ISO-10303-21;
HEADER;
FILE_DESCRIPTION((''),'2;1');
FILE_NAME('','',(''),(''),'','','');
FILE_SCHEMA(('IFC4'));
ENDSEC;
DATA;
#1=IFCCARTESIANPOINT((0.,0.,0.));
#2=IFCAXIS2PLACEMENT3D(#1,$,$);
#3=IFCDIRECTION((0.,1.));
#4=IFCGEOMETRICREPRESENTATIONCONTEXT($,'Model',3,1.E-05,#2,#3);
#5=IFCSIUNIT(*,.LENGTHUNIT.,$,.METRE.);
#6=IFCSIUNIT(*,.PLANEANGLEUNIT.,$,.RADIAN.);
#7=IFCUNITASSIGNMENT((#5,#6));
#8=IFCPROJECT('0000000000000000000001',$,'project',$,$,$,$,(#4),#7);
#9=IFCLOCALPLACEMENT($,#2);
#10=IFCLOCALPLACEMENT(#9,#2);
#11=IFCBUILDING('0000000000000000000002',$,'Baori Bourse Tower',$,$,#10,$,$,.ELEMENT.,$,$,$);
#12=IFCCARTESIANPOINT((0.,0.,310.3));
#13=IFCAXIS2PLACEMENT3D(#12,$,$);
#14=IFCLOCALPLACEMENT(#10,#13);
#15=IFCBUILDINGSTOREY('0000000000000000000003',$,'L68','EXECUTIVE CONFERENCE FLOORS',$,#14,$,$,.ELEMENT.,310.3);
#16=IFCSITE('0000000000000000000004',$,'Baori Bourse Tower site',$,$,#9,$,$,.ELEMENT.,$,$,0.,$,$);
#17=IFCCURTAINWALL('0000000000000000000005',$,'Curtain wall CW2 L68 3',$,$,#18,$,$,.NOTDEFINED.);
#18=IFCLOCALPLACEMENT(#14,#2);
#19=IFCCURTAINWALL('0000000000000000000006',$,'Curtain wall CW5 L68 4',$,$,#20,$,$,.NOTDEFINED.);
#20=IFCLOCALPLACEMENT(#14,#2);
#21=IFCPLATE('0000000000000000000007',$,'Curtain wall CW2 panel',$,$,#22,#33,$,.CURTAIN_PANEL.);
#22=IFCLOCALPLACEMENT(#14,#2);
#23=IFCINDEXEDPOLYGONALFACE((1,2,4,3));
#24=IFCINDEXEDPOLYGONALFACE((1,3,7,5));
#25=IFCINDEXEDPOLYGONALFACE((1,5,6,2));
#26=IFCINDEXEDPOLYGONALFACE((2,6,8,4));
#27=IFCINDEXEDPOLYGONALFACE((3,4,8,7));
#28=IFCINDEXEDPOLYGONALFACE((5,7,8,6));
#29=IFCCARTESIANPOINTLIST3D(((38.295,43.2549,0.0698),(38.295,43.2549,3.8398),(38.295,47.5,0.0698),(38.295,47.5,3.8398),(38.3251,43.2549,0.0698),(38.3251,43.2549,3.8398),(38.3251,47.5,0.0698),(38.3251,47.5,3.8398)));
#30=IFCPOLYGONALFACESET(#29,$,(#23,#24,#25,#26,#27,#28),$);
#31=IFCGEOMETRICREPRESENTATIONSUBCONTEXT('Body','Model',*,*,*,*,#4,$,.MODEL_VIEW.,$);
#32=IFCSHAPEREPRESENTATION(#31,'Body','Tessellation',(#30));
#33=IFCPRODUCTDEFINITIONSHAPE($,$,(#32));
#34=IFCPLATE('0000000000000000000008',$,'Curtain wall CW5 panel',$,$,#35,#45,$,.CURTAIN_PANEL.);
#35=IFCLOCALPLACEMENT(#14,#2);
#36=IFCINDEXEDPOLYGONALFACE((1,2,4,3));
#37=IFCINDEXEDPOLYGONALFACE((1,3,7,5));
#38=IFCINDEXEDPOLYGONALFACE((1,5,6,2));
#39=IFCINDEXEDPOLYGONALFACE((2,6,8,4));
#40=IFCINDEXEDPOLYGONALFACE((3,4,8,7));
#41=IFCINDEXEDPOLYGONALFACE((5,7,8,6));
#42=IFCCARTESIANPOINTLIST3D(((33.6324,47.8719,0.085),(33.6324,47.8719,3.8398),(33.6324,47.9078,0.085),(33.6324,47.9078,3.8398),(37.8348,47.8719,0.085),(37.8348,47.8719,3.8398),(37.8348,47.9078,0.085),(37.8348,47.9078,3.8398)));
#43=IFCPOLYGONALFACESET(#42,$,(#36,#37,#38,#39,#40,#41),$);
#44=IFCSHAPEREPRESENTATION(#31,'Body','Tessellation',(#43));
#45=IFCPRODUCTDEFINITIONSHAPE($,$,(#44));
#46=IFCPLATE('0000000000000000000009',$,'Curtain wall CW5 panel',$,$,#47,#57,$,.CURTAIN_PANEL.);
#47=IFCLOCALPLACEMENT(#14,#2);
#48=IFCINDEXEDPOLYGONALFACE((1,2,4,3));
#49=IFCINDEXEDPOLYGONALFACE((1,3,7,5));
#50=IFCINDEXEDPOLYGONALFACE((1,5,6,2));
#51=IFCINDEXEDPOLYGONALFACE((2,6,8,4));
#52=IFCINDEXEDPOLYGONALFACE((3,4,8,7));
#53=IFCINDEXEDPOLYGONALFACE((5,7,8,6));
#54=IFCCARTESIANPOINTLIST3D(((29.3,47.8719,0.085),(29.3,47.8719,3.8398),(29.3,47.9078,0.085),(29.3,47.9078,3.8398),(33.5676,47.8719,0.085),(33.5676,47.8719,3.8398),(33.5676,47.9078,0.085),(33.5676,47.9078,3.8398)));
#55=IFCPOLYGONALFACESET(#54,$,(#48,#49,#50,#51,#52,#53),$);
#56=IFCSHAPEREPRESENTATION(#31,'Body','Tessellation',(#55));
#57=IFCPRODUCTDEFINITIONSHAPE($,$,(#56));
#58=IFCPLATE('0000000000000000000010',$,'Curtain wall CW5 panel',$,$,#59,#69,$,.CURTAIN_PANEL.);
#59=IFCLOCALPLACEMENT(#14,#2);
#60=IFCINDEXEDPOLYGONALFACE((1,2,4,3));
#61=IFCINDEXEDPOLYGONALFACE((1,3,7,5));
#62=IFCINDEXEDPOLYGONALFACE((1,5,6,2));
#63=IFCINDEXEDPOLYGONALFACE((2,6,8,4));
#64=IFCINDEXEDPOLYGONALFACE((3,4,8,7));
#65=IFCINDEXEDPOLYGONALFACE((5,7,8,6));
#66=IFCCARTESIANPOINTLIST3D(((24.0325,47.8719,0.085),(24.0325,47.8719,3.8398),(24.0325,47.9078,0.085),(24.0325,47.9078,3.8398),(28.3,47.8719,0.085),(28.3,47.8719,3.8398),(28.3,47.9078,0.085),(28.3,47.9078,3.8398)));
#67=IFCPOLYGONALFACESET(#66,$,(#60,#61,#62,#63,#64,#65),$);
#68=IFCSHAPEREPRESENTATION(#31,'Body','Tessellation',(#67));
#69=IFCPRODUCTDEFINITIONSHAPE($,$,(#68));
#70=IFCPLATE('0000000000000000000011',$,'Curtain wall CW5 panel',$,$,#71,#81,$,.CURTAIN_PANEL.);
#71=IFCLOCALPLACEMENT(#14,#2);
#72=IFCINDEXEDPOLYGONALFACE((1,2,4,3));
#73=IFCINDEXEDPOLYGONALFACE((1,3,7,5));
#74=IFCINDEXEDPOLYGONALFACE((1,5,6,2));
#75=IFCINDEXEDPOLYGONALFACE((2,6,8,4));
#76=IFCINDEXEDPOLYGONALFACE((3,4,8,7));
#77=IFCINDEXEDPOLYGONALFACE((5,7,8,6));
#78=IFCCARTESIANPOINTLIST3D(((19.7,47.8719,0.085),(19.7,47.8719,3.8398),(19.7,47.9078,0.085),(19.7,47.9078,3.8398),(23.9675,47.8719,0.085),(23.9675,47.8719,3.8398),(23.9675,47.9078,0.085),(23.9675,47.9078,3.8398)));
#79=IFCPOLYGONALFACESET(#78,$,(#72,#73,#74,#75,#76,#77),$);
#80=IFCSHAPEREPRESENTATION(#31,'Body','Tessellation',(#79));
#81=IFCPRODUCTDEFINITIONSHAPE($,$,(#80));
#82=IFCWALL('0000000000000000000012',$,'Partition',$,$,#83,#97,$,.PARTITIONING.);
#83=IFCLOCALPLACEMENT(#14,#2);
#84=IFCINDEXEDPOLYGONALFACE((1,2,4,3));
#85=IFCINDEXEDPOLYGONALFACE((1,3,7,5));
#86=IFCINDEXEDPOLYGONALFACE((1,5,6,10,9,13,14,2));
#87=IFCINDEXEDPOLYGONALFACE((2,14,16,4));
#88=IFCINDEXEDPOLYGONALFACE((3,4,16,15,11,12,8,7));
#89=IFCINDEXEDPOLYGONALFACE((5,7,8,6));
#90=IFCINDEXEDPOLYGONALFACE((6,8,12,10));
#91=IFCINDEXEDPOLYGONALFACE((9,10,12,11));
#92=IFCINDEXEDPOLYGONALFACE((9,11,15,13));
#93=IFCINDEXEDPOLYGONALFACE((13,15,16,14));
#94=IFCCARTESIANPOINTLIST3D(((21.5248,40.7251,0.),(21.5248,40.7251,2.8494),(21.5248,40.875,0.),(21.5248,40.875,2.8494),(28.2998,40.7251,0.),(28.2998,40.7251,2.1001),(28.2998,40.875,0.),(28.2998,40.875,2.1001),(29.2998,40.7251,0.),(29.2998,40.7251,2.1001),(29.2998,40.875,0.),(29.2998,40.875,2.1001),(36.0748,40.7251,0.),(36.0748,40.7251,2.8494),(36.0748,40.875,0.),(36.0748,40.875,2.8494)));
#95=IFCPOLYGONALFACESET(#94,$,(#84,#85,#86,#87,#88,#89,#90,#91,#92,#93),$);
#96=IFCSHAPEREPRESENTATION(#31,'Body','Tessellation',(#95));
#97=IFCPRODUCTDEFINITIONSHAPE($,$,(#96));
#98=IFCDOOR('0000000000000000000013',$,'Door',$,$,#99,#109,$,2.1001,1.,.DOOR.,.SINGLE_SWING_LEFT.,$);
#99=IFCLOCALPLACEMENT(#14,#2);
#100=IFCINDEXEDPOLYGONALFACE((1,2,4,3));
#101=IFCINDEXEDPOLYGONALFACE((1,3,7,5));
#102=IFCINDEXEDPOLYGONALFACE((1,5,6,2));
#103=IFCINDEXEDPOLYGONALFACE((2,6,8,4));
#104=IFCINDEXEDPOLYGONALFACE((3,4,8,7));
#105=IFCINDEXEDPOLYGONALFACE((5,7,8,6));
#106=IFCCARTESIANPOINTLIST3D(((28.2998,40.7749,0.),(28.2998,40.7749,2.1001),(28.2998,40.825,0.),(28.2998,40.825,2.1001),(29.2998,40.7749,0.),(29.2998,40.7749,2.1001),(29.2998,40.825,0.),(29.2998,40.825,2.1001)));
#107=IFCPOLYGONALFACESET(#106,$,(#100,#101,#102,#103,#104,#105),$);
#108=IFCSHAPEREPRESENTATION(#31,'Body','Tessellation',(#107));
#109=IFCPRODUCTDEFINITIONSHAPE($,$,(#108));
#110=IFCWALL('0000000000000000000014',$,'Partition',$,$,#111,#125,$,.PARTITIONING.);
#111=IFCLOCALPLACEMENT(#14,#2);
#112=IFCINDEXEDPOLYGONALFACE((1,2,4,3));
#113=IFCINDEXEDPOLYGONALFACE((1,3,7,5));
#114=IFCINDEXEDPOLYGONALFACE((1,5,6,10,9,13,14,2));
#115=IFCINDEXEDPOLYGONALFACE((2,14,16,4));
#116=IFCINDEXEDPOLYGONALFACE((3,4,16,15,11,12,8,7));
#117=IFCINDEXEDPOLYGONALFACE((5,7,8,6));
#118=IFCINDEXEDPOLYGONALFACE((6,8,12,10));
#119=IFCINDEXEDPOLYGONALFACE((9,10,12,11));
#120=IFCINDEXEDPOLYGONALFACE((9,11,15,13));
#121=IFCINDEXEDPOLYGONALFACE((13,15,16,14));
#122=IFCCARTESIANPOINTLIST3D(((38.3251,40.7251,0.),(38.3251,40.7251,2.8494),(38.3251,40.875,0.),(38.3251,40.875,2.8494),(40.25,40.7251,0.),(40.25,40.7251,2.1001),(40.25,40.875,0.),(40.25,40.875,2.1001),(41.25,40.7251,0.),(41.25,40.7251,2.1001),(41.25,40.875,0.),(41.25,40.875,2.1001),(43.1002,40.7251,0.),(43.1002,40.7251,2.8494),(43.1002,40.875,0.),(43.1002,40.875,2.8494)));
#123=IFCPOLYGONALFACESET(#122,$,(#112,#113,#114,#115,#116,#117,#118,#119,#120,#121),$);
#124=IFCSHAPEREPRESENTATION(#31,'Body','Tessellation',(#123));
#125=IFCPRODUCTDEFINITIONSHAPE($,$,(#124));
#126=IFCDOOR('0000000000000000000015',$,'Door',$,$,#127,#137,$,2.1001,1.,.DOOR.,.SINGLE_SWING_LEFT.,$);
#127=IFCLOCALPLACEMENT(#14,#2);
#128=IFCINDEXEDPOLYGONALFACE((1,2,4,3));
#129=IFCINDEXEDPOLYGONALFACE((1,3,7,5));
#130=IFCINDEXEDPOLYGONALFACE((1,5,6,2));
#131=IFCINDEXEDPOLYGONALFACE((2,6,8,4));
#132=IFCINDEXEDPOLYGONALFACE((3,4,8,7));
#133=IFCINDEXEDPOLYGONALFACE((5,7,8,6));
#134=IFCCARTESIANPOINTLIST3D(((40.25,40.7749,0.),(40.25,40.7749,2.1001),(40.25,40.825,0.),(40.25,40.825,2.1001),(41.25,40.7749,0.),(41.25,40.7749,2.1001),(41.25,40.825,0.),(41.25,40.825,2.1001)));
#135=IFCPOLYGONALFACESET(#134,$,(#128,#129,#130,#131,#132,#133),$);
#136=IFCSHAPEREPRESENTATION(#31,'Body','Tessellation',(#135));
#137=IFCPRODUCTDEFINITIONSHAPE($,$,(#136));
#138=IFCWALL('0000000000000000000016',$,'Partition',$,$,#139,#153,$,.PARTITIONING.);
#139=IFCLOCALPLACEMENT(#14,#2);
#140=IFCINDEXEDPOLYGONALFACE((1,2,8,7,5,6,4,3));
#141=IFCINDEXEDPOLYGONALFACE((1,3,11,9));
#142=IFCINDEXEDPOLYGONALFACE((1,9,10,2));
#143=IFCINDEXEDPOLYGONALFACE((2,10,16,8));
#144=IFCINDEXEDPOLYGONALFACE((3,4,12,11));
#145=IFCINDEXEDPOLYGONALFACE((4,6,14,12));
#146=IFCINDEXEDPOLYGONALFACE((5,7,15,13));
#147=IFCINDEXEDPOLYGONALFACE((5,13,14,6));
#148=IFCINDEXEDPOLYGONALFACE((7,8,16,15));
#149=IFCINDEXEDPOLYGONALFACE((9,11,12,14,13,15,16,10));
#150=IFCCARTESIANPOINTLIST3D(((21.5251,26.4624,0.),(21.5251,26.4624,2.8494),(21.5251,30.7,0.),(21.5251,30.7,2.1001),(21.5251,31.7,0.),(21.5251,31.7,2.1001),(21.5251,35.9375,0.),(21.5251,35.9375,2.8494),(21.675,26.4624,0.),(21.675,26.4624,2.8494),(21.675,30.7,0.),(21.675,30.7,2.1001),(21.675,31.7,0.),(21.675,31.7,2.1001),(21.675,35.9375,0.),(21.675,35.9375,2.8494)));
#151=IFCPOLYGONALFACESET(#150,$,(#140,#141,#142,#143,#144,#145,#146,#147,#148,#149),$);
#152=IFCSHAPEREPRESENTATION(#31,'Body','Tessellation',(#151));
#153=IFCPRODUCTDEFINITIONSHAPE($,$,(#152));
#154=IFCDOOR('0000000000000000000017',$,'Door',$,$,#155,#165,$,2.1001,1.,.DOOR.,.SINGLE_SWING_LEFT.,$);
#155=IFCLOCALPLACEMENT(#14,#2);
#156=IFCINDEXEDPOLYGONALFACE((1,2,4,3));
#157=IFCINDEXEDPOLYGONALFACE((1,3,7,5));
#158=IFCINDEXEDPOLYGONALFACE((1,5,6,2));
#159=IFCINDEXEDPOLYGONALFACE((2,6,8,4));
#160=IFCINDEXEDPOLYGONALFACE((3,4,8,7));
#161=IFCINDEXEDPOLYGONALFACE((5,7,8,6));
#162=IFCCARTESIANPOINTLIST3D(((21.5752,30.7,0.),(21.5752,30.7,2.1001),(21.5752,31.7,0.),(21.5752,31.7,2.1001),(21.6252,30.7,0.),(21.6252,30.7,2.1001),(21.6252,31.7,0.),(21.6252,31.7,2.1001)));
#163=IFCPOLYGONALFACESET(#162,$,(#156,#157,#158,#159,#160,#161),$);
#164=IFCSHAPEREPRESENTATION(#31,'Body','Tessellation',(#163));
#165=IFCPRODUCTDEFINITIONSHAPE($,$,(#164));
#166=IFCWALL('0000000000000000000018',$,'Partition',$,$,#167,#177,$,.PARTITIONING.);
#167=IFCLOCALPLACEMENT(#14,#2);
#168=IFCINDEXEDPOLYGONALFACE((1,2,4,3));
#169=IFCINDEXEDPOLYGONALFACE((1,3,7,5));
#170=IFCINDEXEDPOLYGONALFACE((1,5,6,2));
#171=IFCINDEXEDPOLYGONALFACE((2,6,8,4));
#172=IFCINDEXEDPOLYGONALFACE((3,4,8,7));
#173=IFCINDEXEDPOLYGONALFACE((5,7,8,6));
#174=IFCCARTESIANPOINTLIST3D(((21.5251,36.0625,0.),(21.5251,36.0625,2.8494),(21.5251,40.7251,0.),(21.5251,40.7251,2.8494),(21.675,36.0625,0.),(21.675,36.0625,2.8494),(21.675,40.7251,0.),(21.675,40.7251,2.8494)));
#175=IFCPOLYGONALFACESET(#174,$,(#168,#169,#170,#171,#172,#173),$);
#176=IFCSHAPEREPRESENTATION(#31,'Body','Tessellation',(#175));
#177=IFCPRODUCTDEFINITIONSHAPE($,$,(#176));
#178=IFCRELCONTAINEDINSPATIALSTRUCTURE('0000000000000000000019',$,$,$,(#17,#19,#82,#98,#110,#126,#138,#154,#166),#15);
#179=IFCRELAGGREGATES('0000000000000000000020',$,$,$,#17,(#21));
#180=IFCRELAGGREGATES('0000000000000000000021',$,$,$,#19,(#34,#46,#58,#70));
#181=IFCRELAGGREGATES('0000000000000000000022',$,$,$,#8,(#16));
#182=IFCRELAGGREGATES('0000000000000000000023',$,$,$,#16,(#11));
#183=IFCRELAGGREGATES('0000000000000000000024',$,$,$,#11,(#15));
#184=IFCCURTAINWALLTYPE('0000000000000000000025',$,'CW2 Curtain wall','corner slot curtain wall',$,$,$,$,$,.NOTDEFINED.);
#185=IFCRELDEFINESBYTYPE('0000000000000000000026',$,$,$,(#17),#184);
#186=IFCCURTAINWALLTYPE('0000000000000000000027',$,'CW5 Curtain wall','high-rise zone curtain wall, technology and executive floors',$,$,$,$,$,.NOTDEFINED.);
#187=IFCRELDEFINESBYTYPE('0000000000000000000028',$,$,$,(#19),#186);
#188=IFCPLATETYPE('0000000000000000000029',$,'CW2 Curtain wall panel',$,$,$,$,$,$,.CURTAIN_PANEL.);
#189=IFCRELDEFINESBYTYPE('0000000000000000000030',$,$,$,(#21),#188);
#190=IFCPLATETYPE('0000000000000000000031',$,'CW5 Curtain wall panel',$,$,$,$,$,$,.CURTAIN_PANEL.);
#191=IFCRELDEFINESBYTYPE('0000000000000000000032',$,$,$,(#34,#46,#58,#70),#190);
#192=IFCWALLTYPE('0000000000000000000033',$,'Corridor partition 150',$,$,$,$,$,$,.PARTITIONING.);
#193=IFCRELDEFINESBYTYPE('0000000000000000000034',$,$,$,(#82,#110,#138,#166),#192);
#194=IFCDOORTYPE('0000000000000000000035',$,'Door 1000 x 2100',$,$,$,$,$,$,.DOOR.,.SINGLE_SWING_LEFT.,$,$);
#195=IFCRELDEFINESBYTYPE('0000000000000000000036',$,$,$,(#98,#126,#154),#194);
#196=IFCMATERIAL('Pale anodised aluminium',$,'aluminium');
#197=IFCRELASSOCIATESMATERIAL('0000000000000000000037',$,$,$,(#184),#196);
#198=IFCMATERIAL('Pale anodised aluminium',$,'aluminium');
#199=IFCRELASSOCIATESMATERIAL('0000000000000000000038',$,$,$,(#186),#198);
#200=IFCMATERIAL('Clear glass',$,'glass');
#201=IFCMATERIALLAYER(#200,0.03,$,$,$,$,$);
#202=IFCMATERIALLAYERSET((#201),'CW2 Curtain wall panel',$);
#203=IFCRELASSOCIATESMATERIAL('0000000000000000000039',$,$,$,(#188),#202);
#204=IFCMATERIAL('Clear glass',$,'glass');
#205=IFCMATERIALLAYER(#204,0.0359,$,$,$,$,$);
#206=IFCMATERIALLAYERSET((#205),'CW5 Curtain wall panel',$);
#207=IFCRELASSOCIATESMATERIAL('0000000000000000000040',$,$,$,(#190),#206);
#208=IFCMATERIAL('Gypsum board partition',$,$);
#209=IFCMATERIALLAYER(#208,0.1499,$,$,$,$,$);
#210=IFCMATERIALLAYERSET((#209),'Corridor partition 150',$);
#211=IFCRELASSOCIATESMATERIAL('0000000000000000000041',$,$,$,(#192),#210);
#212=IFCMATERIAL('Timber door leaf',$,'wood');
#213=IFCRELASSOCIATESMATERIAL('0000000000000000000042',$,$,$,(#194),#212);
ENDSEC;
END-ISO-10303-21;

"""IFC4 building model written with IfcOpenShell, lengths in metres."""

from ifc_helpers import new_model, si_unit, direction, frame, frame_2d, origin, origin_2d, place, context, subcontext, project, spatial, rectangle, extrude, material, layer, layer_set, type_object, element, fill, aggregate, save


model = new_model("IFC4")

# Units and contexts
model_context = context("Model", 3, precision=1e-05, world=origin(), true_north=direction((0.0, 1.0)))
body_context = subcontext(model_context, "Body", "Model", "MODEL_VIEW")
ifc_project = project(units=[si_unit("LENGTHUNIT", "METRE"), si_unit("PLANEANGLEUNIT", "RADIAN")], contexts=[model_context])

# Site, building, storey
site_placement = place(None, origin())
site = spatial("IfcSite", under=ifc_project, at=site_placement, Name="Baori Bourse Tower site", CompositionType="ELEMENT", RefElevation=0.0)
building_placement = place(site_placement, origin())
building = spatial("IfcBuilding", under=site, at=building_placement, Name="Baori Bourse Tower", CompositionType="ELEMENT")
storey_placement = place(building_placement, frame((0.0, 0.0, 310.3)))
storey = spatial("IfcBuildingStorey", under=building, at=storey_placement, Name="L68", Description="EXECUTIVE CONFERENCE FLOORS", CompositionType="ELEMENT", Elevation=310.3)

# Curtain walls
ifc_material_1 = material(Name="Pale anodised aluminium", Category="aluminium")
curtain_wall_type_1 = type_object("IfcCurtainWallType", Name="CW2 Curtain wall", Description="corner slot curtain wall", PredefinedType="NOTDEFINED", material=ifc_material_1)
curtain_wall_1_placement = place(storey_placement, origin())
curtain_wall_1 = element("IfcCurtainWall", 1, at=curtain_wall_1_placement, inside=storey, type_object=curtain_wall_type_1, Name="Curtain wall CW2 L68 3", PredefinedType="NOTDEFINED")
ifc_material_2 = material(Name="Pale anodised aluminium", Category="aluminium")
curtain_wall_type_2 = type_object("IfcCurtainWallType", Name="CW5 Curtain wall", Description="high-rise zone curtain wall, technology and executive floors", PredefinedType="NOTDEFINED", material=ifc_material_2)
curtain_wall_2_placement = place(storey_placement, origin())
curtain_wall_2 = element("IfcCurtainWall", 2, at=curtain_wall_2_placement, inside=storey, type_object=curtain_wall_type_2, Name="Curtain wall CW5 L68 4", PredefinedType="NOTDEFINED")

# Plates
ifc_material_3 = material(Name="Clear glass", Category="glass")
ifc_layer_1 = layer(ifc_material_3, 0.03)
ifc_layer_set_1 = layer_set([ifc_layer_1], Name="CW2 Curtain wall panel")
plate_type_1 = type_object("IfcPlateType", Name="CW2 Curtain wall panel", PredefinedType="CURTAIN_PANEL", material=ifc_layer_set_1)
plate_1_placement = place(storey_placement, frame((38.3101, 45.3774, 0.0698), z_axis=(0.0, 0.0, 1.0), x_axis=(0.0, 1.0, 0.0)))
plate_1 = element("IfcPlate", 3, at=plate_1_placement, type_object=plate_type_1, Name="Curtain wall CW2 panel", PredefinedType="CURTAIN_PANEL", context=body_context, shape_type="SweptSolid", body=[
    extrude(rectangle(XDim=4.2451, YDim=0.03, at=origin_2d()), origin(), (0.0, 0.0, 1.0), 3.77),
])
aggregate(curtain_wall_1, [plate_1])
ifc_material_4 = material(Name="Clear glass", Category="glass")
ifc_layer_2 = layer(ifc_material_4, 0.0359)
ifc_layer_set_2 = layer_set([ifc_layer_2], Name="CW5 Curtain wall panel")
plate_type_2 = type_object("IfcPlateType", Name="CW5 Curtain wall panel", PredefinedType="CURTAIN_PANEL", material=ifc_layer_set_2)
plate_2_placement = place(storey_placement, frame((35.7336, 47.8899, 0.085), z_axis=(0.0, 0.0, 1.0), x_axis=(-1.0, 0.0, 0.0)))
plate_2 = element("IfcPlate", 4, at=plate_2_placement, type_object=plate_type_2, Name="Curtain wall CW5 panel", PredefinedType="CURTAIN_PANEL", context=body_context, shape_type="SweptSolid", body=[
    extrude(rectangle(XDim=4.2024, YDim=0.0359, at=origin_2d()), origin(), (0.0, 0.0, 1.0), 3.7549),
])
plate_3_placement = place(storey_placement, frame((31.4338, 47.8899, 0.085), z_axis=(0.0, 0.0, 1.0), x_axis=(-1.0, 0.0, 0.0)))
plate_3 = element("IfcPlate", 5, at=plate_3_placement, type_object=plate_type_2, Name="Curtain wall CW5 panel", PredefinedType="CURTAIN_PANEL", context=body_context, shape_type="SweptSolid", body=[
    extrude(rectangle(XDim=4.2676, YDim=0.0359, at=origin_2d()), origin(), (0.0, 0.0, 1.0), 3.7549),
])
plate_4_placement = place(storey_placement, frame((26.1663, 47.8899, 0.085), z_axis=(0.0, 0.0, 1.0), x_axis=(-1.0, 0.0, 0.0)))
plate_4 = element("IfcPlate", 6, at=plate_4_placement, type_object=plate_type_2, Name="Curtain wall CW5 panel", PredefinedType="CURTAIN_PANEL", context=body_context, shape_type="SweptSolid", body=[
    extrude(rectangle(XDim=4.2676, YDim=0.0359, at=origin_2d()), origin(), (0.0, 0.0, 1.0), 3.7549),
])
plate_5_placement = place(storey_placement, frame((21.8337, 47.8899, 0.085), z_axis=(0.0, 0.0, 1.0), x_axis=(-1.0, 0.0, 0.0)))
plate_5 = element("IfcPlate", 7, at=plate_5_placement, type_object=plate_type_2, Name="Curtain wall CW5 panel", PredefinedType="CURTAIN_PANEL", context=body_context, shape_type="SweptSolid", body=[
    extrude(rectangle(XDim=4.2676, YDim=0.0359, at=origin_2d()), origin(), (0.0, 0.0, 1.0), 3.7549),
])
aggregate(curtain_wall_2, [plate_2, plate_3, plate_4, plate_5])

# Walls, openings, doors
ifc_material_5 = material(Name="Gypsum board partition")
ifc_layer_3 = layer(ifc_material_5, 0.1499)
ifc_layer_set_3 = layer_set([ifc_layer_3], Name="Corridor partition 150")
wall_type_1 = type_object("IfcWallType", Name="Corridor partition 150", PredefinedType="PARTITIONING", material=ifc_layer_set_3)
wall_1_placement = place(storey_placement, frame((21.5249, 40.8, 0.0), z_axis=(0.0, 0.0, 1.0), x_axis=(1.0, 0.0, 0.0)))
wall_1 = element("IfcWall", 8, at=wall_1_placement, inside=storey, type_object=wall_type_1, Name="Partition", PredefinedType="PARTITIONING", context=body_context, shape_type="SweptSolid", body=[
    extrude(rectangle(XDim=14.55, YDim=0.1499, at=frame_2d((7.2749, 0.0))), origin(), (0.0, 0.0, 1.0), 2.8494),
])
opening_1_placement = place(wall_1_placement, frame((6.7749, 0.0, 0.0)))
opening_1 = element("IfcOpeningElement", 9, at=opening_1_placement, cuts=wall_1, PredefinedType="OPENING", context=body_context, shape_type="SweptSolid", body=[
    extrude(rectangle(XDim=1.0, YDim=2.1001, at=frame_2d((0.5, 1.05))), frame((0.0, 0.085, 0.0), z_axis=(0.0, -1.0, 0.0), x_axis=(1.0, 0.0, 0.0)), (0.0, 0.0, 1.0), 0.1699),
])
ifc_material_6 = material(Name="Timber door leaf", Category="wood")
door_type = type_object("IfcDoorType", Name="Door 1000 x 2100", OperationType="SINGLE_SWING_LEFT", PredefinedType="DOOR", material=ifc_material_6)
door_1_placement = place(opening_1_placement, origin())
door_1 = element("IfcDoor", 10, at=door_1_placement, inside=storey, type_object=door_type, Name="Door", OperationType="SINGLE_SWING_LEFT", OverallHeight=2.1001, OverallWidth=1.0, PredefinedType="DOOR", context=body_context, shape_type="SweptSolid", body=[
    extrude(rectangle(XDim=1.0, YDim=2.1001, at=frame_2d((0.5, 1.05))), frame((0.0, 0.0249, 0.0), z_axis=(0.0, -1.0, 0.0), x_axis=(1.0, 0.0, 0.0)), (0.0, 0.0, 1.0), 0.05),
])
fill(opening_1, door_1)
wall_2_placement = place(storey_placement, frame((38.325, 40.8, 0.0), z_axis=(0.0, 0.0, 1.0), x_axis=(1.0, 0.0, 0.0)))
wall_2 = element("IfcWall", 11, at=wall_2_placement, inside=storey, type_object=wall_type_1, Name="Partition", PredefinedType="PARTITIONING", context=body_context, shape_type="SweptSolid", body=[
    extrude(rectangle(XDim=4.7751, YDim=0.1499, at=frame_2d((2.3877, 0.0))), origin(), (0.0, 0.0, 1.0), 2.8494),
])
opening_2_placement = place(wall_2_placement, frame((1.925, 0.0, 0.0)))
opening_2 = element("IfcOpeningElement", 12, at=opening_2_placement, cuts=wall_2, PredefinedType="OPENING", context=body_context, shape_type="SweptSolid", body=[
    extrude(rectangle(XDim=1.0, YDim=2.1001, at=frame_2d((0.5, 1.05))), frame((0.0, 0.085, 0.0), z_axis=(0.0, -1.0, 0.0), x_axis=(1.0, 0.0, 0.0)), (0.0, 0.0, 1.0), 0.1699),
])
door_2_placement = place(opening_2_placement, origin())
door_2 = element("IfcDoor", 13, at=door_2_placement, inside=storey, type_object=door_type, Name="Door", OperationType="SINGLE_SWING_LEFT", OverallHeight=2.1001, OverallWidth=1.0, PredefinedType="DOOR", context=body_context, shape_type="SweptSolid", body=[
    extrude(rectangle(XDim=1.0, YDim=2.1001, at=frame_2d((0.5, 1.05))), frame((0.0, 0.0249, 0.0), z_axis=(0.0, -1.0, 0.0), x_axis=(1.0, 0.0, 0.0)), (0.0, 0.0, 1.0), 0.05),
])
fill(opening_2, door_2)
wall_3_placement = place(storey_placement, frame((21.6001, 26.4624, 0.0), z_axis=(0.0, 0.0, 1.0), x_axis=(0.0, 1.0, 0.0)))
wall_3 = element("IfcWall", 14, at=wall_3_placement, inside=storey, type_object=wall_type_1, Name="Partition", PredefinedType="PARTITIONING", context=body_context, shape_type="SweptSolid", body=[
    extrude(rectangle(XDim=9.4751, YDim=0.1499, at=frame_2d((4.7375, 0.0))), origin(), (0.0, 0.0, 1.0), 2.8494),
])
opening_3_placement = place(wall_3_placement, frame((4.2375, 0.0, 0.0)))
opening_3 = element("IfcOpeningElement", 15, at=opening_3_placement, cuts=wall_3, PredefinedType="OPENING", context=body_context, shape_type="SweptSolid", body=[
    extrude(rectangle(XDim=1.0, YDim=2.1001, at=frame_2d((0.5, 1.05))), frame((0.0, 0.085, 0.0), z_axis=(0.0, -1.0, 0.0), x_axis=(1.0, 0.0, 0.0)), (0.0, 0.0, 1.0), 0.1699),
])
door_3_placement = place(opening_3_placement, origin())
door_3 = element("IfcDoor", 16, at=door_3_placement, inside=storey, type_object=door_type, Name="Door", OperationType="SINGLE_SWING_LEFT", OverallHeight=2.1001, OverallWidth=1.0, PredefinedType="DOOR", context=body_context, shape_type="SweptSolid", body=[
    extrude(rectangle(XDim=1.0, YDim=2.1001, at=frame_2d((0.5, 1.05))), frame((0.0, 0.0249, 0.0), z_axis=(0.0, -1.0, 0.0), x_axis=(1.0, 0.0, 0.0)), (0.0, 0.0, 1.0), 0.05),
])
fill(opening_3, door_3)

# Wall
wall_4_placement = place(storey_placement, frame((21.6001, 36.0625, 0.0), z_axis=(0.0, 0.0, 1.0), x_axis=(0.0, 1.0, 0.0)))
element("IfcWall", 17, at=wall_4_placement, inside=storey, type_object=wall_type_1, Name="Partition", PredefinedType="PARTITIONING", context=body_context, shape_type="SweptSolid", body=[
    extrude(rectangle(XDim=4.6626, YDim=0.1499, at=frame_2d((2.3313, 0.0))), origin(), (0.0, 0.0, 1.0), 2.8494),
])

save(model, "model.ifc")
